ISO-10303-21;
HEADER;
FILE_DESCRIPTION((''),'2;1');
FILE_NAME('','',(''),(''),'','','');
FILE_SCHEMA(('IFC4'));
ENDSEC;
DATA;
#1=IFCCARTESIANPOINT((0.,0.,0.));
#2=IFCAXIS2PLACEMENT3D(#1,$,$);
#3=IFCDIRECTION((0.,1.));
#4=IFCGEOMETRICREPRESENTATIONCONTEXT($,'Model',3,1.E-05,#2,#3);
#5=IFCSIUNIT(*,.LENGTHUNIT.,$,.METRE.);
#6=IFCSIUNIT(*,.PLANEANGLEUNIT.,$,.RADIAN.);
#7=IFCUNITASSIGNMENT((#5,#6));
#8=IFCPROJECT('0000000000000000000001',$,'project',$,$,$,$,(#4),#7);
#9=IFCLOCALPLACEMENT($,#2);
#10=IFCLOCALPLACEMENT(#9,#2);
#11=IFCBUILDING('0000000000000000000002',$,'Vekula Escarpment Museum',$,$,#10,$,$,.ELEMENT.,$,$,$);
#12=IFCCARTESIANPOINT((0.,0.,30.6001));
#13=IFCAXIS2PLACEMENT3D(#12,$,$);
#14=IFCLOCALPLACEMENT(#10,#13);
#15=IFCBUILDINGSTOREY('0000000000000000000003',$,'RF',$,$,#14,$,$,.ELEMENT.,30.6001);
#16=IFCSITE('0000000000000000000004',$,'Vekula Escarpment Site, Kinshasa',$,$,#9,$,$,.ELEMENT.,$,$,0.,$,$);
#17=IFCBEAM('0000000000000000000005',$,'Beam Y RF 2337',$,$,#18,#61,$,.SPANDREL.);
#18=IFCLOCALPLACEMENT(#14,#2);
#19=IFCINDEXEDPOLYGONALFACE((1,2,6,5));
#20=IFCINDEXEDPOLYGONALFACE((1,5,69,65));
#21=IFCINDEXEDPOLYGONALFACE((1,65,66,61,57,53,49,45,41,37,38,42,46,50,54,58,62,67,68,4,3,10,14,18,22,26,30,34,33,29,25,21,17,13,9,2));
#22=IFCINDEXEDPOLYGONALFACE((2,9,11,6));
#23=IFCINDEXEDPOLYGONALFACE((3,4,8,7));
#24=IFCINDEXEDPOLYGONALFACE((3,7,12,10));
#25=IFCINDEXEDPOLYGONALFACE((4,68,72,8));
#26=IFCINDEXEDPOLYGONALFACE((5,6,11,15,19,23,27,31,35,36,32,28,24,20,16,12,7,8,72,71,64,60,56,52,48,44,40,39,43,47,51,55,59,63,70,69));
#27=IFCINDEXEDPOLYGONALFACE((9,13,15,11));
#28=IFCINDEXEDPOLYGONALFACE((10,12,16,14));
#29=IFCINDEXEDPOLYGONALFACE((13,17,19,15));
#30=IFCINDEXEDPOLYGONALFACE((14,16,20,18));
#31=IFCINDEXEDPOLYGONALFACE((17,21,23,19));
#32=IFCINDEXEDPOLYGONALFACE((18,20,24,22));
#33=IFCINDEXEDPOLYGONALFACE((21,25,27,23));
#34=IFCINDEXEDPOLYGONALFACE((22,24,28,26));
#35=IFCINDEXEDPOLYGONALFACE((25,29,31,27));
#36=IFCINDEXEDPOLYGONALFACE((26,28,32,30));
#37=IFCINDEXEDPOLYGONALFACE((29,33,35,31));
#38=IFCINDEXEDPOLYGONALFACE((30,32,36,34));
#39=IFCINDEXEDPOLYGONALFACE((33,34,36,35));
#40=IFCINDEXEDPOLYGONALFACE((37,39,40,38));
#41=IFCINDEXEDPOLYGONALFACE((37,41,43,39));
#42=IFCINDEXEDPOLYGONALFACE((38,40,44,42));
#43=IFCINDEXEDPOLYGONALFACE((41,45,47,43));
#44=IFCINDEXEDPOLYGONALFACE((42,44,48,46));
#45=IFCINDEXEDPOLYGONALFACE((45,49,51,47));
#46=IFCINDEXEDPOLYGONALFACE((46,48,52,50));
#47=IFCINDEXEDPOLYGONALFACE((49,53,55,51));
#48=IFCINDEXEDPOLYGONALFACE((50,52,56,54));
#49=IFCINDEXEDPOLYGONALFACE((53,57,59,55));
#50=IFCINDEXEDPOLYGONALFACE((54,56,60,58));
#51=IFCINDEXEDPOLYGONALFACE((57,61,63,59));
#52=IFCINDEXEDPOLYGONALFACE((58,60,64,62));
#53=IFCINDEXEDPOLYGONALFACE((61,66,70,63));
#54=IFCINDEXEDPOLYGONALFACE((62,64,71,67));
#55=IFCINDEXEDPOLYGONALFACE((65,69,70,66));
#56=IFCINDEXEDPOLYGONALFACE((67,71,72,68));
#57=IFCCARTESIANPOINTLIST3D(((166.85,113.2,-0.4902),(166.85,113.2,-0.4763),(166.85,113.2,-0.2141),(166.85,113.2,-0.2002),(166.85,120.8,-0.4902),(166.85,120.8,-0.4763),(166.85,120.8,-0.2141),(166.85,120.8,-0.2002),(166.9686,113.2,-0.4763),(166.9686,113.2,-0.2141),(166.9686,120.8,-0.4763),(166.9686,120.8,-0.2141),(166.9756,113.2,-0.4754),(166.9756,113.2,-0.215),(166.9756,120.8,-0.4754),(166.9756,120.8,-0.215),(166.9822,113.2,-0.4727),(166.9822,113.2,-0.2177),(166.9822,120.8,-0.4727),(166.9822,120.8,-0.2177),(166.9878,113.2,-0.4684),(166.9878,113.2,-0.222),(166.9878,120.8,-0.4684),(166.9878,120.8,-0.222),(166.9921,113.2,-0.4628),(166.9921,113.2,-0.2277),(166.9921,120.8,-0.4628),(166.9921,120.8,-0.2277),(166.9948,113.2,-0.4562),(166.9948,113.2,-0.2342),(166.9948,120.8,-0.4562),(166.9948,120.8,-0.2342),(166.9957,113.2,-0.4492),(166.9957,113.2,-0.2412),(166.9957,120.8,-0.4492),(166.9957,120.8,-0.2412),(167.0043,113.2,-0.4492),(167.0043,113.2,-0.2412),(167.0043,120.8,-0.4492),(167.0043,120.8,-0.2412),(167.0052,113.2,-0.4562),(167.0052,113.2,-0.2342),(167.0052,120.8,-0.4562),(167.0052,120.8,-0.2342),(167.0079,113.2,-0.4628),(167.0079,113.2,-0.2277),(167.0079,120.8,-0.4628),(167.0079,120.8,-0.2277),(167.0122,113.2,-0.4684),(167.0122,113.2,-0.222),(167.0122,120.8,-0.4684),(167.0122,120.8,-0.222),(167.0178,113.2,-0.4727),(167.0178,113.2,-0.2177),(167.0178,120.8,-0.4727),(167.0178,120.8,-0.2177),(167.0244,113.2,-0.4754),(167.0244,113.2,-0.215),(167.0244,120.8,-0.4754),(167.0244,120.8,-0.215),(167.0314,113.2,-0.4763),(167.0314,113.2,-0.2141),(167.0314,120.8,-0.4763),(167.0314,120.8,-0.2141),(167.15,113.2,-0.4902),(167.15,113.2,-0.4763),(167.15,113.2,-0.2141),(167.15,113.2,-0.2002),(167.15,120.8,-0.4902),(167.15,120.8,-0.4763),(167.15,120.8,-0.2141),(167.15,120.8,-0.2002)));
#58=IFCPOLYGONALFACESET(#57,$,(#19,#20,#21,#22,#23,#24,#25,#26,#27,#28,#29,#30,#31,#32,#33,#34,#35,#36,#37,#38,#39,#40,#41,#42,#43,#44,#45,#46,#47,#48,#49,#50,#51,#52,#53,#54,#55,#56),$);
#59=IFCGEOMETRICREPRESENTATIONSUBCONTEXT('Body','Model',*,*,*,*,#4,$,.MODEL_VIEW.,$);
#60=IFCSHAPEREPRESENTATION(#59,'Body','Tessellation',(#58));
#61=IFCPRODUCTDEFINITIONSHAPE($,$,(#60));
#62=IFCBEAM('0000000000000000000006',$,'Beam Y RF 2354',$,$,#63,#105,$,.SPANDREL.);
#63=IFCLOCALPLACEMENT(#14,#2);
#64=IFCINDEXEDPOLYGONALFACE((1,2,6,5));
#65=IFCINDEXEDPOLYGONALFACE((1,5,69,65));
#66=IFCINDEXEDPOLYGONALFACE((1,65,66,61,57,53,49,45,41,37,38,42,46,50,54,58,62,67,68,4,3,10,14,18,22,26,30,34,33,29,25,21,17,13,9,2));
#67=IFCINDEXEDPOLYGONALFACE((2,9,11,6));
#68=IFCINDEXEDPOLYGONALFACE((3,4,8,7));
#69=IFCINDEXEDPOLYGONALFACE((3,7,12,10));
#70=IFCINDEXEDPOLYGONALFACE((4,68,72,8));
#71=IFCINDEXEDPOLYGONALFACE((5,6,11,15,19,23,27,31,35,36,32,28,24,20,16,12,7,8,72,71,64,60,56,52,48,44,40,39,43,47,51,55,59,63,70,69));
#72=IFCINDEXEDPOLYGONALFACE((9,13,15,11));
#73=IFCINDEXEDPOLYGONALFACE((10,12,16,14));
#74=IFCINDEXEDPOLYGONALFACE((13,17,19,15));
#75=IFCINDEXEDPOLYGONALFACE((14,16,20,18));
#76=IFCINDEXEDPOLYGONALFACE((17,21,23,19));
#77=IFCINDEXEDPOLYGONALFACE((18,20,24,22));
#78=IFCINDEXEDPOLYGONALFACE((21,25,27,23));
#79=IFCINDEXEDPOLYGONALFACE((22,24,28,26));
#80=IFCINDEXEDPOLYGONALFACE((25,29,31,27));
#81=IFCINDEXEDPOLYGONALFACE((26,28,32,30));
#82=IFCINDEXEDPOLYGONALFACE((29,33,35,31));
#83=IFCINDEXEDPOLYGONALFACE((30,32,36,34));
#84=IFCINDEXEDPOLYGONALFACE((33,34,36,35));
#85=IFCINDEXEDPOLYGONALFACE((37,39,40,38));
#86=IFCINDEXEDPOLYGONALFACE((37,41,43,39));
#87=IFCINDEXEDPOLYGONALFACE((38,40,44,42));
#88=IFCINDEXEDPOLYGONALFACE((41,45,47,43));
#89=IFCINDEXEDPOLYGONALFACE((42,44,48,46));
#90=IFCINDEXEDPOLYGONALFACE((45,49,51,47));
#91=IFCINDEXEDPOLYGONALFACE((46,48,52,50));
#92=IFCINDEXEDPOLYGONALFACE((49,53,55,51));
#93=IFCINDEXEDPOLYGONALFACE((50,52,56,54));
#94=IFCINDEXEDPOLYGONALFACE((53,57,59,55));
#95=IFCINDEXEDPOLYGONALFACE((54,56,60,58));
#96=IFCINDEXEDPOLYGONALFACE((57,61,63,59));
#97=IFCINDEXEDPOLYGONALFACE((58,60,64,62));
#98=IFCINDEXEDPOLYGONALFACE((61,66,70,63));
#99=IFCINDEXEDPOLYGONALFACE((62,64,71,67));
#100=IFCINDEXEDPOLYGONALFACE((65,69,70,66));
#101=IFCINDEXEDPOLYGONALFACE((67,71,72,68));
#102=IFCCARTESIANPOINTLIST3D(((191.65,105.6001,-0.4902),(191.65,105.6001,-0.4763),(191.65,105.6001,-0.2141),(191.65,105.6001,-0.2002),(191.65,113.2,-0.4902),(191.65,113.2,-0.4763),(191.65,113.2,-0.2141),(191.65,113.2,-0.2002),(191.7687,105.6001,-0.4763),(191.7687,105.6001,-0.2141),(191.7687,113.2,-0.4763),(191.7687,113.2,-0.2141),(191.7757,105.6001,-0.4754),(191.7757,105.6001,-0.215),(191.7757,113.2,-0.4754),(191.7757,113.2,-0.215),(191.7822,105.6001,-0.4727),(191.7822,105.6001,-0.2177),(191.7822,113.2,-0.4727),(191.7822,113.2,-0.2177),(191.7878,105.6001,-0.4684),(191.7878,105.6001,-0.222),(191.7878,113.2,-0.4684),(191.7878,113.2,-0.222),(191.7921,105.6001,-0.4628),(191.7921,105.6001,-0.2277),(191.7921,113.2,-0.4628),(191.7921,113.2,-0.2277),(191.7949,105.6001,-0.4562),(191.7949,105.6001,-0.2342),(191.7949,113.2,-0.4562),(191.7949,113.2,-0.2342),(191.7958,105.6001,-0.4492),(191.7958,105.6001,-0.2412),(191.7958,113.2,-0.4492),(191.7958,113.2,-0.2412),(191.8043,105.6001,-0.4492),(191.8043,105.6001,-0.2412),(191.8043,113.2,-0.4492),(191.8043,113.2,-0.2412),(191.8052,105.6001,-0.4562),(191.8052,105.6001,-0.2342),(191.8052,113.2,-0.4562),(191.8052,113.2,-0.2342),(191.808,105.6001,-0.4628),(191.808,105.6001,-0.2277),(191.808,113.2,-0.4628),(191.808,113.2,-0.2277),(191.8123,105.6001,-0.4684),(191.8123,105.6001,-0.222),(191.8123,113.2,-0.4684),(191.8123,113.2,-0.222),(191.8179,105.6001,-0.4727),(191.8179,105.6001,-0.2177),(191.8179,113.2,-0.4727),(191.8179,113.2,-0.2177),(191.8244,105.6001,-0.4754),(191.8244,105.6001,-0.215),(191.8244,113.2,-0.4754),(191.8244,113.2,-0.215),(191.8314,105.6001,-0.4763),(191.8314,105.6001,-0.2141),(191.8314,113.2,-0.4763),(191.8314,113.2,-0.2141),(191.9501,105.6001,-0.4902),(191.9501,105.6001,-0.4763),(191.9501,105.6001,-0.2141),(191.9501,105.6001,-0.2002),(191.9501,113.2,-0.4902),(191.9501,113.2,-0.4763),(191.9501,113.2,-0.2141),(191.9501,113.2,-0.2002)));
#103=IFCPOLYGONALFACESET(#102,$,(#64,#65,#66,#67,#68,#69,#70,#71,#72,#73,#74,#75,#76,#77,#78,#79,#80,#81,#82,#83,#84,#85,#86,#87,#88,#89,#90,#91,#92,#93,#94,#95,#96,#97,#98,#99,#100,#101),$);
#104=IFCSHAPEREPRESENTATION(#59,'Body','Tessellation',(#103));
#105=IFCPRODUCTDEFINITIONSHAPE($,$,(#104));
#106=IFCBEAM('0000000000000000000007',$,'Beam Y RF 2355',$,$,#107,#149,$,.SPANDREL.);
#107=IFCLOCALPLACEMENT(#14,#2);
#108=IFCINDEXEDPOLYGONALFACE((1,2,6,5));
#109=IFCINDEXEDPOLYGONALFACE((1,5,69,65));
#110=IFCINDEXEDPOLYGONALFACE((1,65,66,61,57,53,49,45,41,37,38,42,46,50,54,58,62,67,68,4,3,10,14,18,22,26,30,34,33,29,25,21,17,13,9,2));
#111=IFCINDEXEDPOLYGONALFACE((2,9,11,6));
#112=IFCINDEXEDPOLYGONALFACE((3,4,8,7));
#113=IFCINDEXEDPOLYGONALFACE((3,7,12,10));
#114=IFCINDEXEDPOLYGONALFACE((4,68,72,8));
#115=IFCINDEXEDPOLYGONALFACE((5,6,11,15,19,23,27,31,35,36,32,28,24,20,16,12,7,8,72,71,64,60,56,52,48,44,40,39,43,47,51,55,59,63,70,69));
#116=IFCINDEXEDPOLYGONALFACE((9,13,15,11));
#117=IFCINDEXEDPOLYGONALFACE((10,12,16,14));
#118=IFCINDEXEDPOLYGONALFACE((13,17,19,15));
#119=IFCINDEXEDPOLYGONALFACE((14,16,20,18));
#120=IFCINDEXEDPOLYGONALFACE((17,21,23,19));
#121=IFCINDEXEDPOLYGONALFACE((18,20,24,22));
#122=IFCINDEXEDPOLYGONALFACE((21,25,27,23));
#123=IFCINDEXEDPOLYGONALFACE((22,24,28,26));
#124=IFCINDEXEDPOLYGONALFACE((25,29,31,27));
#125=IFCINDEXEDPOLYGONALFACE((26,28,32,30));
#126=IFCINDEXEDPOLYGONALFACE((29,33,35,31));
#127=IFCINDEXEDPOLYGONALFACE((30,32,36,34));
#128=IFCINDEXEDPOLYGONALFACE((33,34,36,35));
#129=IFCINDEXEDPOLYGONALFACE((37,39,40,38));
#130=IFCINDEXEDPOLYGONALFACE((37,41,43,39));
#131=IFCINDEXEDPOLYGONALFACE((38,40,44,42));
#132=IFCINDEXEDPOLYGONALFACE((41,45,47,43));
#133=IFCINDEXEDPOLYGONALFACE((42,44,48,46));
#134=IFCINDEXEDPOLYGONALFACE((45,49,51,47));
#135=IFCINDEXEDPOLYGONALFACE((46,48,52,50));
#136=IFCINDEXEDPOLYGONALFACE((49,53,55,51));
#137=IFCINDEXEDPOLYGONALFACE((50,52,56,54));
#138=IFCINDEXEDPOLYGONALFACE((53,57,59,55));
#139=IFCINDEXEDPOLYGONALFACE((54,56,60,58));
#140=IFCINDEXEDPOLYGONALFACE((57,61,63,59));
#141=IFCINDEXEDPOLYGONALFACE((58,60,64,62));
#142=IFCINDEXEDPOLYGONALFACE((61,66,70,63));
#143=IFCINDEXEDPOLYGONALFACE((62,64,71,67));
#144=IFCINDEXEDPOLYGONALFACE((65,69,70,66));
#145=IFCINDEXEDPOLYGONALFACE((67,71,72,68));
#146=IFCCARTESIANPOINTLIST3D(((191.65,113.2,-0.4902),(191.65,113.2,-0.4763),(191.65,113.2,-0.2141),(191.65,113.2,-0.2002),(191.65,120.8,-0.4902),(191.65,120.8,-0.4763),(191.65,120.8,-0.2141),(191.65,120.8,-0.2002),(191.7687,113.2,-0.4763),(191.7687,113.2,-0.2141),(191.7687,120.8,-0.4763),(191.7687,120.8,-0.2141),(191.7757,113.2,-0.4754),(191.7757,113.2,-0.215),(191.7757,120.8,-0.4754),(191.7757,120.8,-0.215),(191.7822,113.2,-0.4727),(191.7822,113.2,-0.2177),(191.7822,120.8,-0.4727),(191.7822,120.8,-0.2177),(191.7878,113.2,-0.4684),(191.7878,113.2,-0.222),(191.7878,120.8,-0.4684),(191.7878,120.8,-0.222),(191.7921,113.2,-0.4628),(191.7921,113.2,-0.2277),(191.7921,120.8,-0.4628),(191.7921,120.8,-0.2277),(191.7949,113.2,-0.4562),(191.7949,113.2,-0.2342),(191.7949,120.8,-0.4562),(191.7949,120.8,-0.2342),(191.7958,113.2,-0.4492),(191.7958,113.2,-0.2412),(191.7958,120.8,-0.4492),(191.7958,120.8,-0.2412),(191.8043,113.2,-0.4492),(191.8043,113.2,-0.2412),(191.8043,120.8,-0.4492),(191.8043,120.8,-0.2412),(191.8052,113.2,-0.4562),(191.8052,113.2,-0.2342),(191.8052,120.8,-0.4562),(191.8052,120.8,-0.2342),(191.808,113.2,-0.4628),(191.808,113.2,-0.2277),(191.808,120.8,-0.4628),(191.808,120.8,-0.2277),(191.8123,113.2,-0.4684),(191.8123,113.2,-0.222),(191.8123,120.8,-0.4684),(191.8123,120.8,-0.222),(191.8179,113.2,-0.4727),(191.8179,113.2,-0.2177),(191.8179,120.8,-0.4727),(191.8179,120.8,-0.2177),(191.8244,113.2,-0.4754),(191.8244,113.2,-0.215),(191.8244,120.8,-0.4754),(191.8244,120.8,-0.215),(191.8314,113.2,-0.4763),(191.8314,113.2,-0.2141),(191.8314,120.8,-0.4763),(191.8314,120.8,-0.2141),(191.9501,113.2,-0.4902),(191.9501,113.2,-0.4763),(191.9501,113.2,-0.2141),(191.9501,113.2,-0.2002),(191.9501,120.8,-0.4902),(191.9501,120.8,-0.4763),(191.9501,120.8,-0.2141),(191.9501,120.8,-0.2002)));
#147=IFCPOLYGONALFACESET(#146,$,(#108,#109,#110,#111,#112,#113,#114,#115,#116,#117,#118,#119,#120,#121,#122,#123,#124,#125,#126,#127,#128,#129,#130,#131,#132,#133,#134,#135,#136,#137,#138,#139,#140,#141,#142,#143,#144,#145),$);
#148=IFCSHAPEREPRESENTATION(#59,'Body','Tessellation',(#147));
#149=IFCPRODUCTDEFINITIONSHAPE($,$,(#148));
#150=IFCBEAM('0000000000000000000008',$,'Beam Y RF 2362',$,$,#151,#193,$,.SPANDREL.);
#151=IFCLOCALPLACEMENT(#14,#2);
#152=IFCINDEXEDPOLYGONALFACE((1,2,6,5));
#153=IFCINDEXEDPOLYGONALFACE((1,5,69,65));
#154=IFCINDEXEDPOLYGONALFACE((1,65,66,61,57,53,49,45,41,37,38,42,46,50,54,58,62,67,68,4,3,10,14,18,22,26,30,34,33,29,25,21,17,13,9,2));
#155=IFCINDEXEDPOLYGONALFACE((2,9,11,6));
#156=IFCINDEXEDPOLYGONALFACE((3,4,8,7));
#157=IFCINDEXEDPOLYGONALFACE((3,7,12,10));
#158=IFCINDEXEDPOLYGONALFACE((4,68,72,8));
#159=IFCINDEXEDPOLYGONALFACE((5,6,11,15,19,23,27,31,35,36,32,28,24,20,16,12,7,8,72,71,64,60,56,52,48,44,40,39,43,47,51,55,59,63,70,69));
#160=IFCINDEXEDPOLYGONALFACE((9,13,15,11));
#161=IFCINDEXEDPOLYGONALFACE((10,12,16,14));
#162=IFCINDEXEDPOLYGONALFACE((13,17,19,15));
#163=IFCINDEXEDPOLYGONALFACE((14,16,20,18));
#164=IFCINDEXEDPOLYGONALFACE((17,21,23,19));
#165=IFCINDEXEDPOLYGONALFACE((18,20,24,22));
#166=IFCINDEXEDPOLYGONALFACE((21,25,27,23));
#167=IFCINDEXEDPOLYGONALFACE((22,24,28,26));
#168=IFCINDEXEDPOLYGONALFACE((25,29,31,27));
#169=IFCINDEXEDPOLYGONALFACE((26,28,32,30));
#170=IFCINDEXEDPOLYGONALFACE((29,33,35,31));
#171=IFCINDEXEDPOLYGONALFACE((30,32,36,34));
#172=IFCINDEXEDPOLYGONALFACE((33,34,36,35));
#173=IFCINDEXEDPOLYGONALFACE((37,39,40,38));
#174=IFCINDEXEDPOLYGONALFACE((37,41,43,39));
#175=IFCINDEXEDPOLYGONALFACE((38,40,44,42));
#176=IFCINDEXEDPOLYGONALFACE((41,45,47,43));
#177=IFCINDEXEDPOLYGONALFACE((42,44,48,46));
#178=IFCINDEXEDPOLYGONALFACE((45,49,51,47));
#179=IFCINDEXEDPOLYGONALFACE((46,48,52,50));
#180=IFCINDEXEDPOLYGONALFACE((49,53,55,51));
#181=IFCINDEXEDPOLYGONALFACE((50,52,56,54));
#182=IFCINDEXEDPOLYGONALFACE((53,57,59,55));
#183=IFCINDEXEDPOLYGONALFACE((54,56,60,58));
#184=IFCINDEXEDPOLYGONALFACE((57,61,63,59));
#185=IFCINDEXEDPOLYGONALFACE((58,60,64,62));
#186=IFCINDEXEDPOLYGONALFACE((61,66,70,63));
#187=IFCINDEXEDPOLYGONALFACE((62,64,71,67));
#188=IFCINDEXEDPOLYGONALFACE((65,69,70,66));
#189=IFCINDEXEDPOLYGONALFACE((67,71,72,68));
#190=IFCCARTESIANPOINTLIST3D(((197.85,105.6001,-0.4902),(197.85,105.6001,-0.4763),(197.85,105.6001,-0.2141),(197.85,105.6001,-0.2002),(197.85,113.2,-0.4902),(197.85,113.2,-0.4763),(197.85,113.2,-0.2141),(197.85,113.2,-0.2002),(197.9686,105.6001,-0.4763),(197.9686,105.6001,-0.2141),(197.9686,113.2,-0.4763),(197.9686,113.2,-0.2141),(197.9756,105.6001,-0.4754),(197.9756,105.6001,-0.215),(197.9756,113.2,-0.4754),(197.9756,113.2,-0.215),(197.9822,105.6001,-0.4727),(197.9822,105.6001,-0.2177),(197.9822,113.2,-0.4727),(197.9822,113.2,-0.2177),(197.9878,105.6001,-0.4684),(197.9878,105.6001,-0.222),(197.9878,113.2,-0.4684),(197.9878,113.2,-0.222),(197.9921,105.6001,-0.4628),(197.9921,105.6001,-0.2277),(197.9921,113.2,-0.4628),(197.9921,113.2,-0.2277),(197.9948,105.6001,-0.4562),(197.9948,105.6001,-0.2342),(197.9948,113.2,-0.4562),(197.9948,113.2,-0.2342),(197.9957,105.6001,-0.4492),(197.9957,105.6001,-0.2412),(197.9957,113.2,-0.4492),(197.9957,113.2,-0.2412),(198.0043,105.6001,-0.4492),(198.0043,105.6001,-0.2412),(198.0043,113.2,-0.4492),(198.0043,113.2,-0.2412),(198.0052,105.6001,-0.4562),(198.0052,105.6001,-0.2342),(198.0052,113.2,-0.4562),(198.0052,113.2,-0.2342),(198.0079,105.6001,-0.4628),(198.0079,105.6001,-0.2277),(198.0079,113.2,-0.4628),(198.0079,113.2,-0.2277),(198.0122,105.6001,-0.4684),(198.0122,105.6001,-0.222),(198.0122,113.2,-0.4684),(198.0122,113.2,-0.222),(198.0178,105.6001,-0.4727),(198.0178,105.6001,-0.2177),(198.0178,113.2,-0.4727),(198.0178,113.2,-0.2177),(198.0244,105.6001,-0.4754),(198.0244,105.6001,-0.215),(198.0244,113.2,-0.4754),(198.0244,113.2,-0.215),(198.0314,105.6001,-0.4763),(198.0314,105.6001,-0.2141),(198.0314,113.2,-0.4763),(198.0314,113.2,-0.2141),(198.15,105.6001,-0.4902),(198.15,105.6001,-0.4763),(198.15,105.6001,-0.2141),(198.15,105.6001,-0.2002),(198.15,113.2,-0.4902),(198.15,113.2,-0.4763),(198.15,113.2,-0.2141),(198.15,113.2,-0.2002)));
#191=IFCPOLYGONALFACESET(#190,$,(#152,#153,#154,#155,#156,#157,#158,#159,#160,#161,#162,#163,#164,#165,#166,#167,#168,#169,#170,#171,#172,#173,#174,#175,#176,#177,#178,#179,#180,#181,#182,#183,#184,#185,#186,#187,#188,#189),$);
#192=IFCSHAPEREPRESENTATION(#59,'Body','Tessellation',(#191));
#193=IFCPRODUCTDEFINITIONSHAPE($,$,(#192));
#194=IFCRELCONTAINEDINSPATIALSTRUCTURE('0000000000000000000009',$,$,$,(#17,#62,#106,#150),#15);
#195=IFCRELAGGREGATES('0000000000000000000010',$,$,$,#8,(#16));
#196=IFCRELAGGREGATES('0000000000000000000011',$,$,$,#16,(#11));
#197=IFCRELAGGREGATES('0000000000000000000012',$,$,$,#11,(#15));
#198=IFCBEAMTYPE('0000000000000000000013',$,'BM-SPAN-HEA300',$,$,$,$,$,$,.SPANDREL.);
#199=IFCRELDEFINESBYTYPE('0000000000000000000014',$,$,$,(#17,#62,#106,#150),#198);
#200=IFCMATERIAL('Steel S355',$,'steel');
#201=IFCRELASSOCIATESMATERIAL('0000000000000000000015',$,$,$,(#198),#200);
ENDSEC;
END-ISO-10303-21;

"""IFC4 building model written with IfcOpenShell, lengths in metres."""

from ifc_helpers import new_model, si_unit, direction, frame, origin, origin_2d, place, context, subcontext, project, spatial, i_section, extrude, material, material_profile, profile_set, type_object, element, save


model = new_model("IFC4")

# Units and contexts
model_context = context("Model", 3, precision=1e-05, world=origin(), true_north=direction((0.0, 1.0)))
body_context = subcontext(model_context, "Body", "Model", "MODEL_VIEW")
ifc_project = project(units=[si_unit("LENGTHUNIT", "METRE"), si_unit("PLANEANGLEUNIT", "RADIAN")], contexts=[model_context])

# Site, building, storey
site_placement = place(None, origin())
site = spatial("IfcSite", under=ifc_project, at=site_placement, Name="Vekula Escarpment Site, Kinshasa", CompositionType="ELEMENT", RefElevation=0.0)
building_placement = place(site_placement, origin())
building = spatial("IfcBuilding", under=site, at=building_placement, Name="Vekula Escarpment Museum", CompositionType="ELEMENT")
storey_placement = place(building_placement, frame((0.0, 0.0, 30.6001)))
storey = spatial("IfcBuildingStorey", under=building, at=storey_placement, Name="RF", CompositionType="ELEMENT", Elevation=30.6001)

# Beams
ifc_material_1 = material(Name="Steel S355", Category="steel")
ifc_material_profile_1 = material_profile(ifc_material_1, i_section(OverallWidth=0.3, OverallDepth=0.29, WebThickness=0.0085, FlangeThickness=0.0139, FilletRadius=0.0271, at=origin_2d()), Name="HEA 300")
ifc_profile_set_1 = profile_set([ifc_material_profile_1], Name="Steel S355")
beam_type_1 = type_object("IfcBeamType", Name="BM-SPAN-HEA300", PredefinedType="SPANDREL", material=ifc_profile_set_1)
beam_1_placement = place(storey_placement, frame((167.0, 113.2, -0.3452), z_axis=(0.0, 1.0, 0.0), x_axis=(-1.0, 0.0, 0.0)))
element("IfcBeam", 1, at=beam_1_placement, inside=storey, type_object=beam_type_1, Name="Beam Y RF 2337", PredefinedType="SPANDREL", context=body_context, shape_type="SweptSolid", body=[
    extrude(i_section(OverallWidth=0.3, OverallDepth=0.29, WebThickness=0.0085, FlangeThickness=0.0139, FilletRadius=0.0271, at=origin_2d()), origin(), (0.0, 0.0, 1.0), 7.6001),
])
beam_2_placement = place(storey_placement, frame((191.8, 105.6001, -0.3452), z_axis=(0.0, 1.0, 0.0), x_axis=(-1.0, 0.0, 0.0)))
element("IfcBeam", 2, at=beam_2_placement, inside=storey, type_object=beam_type_1, Name="Beam Y RF 2354", PredefinedType="SPANDREL", context=body_context, shape_type="SweptSolid", body=[
    extrude(i_section(OverallWidth=0.3, OverallDepth=0.29, WebThickness=0.0085, FlangeThickness=0.0139, FilletRadius=0.0271, at=origin_2d()), origin(), (0.0, 0.0, 1.0), 7.5999),
])
beam_3_placement = place(storey_placement, frame((191.8, 113.2, -0.3452), z_axis=(0.0, 1.0, 0.0), x_axis=(-1.0, 0.0, 0.0)))
element("IfcBeam", 3, at=beam_3_placement, inside=storey, type_object=beam_type_1, Name="Beam Y RF 2355", PredefinedType="SPANDREL", context=body_context, shape_type="SweptSolid", body=[
    extrude(i_section(OverallWidth=0.3, OverallDepth=0.29, WebThickness=0.0085, FlangeThickness=0.0139, FilletRadius=0.0271, at=origin_2d()), origin(), (0.0, 0.0, 1.0), 7.6001),
])
beam_4_placement = place(storey_placement, frame((198.0, 105.6001, -0.3452), z_axis=(0.0, 1.0, 0.0), x_axis=(-1.0, 0.0, 0.0)))
element("IfcBeam", 4, at=beam_4_placement, inside=storey, type_object=beam_type_1, Name="Beam Y RF 2362", PredefinedType="SPANDREL", context=body_context, shape_type="SweptSolid", body=[
    extrude(i_section(OverallWidth=0.3, OverallDepth=0.29, WebThickness=0.0085, FlangeThickness=0.0139, FilletRadius=0.0271, at=origin_2d()), origin(), (0.0, 0.0, 1.0), 7.5999),
])

save(model, "model.ifc")
